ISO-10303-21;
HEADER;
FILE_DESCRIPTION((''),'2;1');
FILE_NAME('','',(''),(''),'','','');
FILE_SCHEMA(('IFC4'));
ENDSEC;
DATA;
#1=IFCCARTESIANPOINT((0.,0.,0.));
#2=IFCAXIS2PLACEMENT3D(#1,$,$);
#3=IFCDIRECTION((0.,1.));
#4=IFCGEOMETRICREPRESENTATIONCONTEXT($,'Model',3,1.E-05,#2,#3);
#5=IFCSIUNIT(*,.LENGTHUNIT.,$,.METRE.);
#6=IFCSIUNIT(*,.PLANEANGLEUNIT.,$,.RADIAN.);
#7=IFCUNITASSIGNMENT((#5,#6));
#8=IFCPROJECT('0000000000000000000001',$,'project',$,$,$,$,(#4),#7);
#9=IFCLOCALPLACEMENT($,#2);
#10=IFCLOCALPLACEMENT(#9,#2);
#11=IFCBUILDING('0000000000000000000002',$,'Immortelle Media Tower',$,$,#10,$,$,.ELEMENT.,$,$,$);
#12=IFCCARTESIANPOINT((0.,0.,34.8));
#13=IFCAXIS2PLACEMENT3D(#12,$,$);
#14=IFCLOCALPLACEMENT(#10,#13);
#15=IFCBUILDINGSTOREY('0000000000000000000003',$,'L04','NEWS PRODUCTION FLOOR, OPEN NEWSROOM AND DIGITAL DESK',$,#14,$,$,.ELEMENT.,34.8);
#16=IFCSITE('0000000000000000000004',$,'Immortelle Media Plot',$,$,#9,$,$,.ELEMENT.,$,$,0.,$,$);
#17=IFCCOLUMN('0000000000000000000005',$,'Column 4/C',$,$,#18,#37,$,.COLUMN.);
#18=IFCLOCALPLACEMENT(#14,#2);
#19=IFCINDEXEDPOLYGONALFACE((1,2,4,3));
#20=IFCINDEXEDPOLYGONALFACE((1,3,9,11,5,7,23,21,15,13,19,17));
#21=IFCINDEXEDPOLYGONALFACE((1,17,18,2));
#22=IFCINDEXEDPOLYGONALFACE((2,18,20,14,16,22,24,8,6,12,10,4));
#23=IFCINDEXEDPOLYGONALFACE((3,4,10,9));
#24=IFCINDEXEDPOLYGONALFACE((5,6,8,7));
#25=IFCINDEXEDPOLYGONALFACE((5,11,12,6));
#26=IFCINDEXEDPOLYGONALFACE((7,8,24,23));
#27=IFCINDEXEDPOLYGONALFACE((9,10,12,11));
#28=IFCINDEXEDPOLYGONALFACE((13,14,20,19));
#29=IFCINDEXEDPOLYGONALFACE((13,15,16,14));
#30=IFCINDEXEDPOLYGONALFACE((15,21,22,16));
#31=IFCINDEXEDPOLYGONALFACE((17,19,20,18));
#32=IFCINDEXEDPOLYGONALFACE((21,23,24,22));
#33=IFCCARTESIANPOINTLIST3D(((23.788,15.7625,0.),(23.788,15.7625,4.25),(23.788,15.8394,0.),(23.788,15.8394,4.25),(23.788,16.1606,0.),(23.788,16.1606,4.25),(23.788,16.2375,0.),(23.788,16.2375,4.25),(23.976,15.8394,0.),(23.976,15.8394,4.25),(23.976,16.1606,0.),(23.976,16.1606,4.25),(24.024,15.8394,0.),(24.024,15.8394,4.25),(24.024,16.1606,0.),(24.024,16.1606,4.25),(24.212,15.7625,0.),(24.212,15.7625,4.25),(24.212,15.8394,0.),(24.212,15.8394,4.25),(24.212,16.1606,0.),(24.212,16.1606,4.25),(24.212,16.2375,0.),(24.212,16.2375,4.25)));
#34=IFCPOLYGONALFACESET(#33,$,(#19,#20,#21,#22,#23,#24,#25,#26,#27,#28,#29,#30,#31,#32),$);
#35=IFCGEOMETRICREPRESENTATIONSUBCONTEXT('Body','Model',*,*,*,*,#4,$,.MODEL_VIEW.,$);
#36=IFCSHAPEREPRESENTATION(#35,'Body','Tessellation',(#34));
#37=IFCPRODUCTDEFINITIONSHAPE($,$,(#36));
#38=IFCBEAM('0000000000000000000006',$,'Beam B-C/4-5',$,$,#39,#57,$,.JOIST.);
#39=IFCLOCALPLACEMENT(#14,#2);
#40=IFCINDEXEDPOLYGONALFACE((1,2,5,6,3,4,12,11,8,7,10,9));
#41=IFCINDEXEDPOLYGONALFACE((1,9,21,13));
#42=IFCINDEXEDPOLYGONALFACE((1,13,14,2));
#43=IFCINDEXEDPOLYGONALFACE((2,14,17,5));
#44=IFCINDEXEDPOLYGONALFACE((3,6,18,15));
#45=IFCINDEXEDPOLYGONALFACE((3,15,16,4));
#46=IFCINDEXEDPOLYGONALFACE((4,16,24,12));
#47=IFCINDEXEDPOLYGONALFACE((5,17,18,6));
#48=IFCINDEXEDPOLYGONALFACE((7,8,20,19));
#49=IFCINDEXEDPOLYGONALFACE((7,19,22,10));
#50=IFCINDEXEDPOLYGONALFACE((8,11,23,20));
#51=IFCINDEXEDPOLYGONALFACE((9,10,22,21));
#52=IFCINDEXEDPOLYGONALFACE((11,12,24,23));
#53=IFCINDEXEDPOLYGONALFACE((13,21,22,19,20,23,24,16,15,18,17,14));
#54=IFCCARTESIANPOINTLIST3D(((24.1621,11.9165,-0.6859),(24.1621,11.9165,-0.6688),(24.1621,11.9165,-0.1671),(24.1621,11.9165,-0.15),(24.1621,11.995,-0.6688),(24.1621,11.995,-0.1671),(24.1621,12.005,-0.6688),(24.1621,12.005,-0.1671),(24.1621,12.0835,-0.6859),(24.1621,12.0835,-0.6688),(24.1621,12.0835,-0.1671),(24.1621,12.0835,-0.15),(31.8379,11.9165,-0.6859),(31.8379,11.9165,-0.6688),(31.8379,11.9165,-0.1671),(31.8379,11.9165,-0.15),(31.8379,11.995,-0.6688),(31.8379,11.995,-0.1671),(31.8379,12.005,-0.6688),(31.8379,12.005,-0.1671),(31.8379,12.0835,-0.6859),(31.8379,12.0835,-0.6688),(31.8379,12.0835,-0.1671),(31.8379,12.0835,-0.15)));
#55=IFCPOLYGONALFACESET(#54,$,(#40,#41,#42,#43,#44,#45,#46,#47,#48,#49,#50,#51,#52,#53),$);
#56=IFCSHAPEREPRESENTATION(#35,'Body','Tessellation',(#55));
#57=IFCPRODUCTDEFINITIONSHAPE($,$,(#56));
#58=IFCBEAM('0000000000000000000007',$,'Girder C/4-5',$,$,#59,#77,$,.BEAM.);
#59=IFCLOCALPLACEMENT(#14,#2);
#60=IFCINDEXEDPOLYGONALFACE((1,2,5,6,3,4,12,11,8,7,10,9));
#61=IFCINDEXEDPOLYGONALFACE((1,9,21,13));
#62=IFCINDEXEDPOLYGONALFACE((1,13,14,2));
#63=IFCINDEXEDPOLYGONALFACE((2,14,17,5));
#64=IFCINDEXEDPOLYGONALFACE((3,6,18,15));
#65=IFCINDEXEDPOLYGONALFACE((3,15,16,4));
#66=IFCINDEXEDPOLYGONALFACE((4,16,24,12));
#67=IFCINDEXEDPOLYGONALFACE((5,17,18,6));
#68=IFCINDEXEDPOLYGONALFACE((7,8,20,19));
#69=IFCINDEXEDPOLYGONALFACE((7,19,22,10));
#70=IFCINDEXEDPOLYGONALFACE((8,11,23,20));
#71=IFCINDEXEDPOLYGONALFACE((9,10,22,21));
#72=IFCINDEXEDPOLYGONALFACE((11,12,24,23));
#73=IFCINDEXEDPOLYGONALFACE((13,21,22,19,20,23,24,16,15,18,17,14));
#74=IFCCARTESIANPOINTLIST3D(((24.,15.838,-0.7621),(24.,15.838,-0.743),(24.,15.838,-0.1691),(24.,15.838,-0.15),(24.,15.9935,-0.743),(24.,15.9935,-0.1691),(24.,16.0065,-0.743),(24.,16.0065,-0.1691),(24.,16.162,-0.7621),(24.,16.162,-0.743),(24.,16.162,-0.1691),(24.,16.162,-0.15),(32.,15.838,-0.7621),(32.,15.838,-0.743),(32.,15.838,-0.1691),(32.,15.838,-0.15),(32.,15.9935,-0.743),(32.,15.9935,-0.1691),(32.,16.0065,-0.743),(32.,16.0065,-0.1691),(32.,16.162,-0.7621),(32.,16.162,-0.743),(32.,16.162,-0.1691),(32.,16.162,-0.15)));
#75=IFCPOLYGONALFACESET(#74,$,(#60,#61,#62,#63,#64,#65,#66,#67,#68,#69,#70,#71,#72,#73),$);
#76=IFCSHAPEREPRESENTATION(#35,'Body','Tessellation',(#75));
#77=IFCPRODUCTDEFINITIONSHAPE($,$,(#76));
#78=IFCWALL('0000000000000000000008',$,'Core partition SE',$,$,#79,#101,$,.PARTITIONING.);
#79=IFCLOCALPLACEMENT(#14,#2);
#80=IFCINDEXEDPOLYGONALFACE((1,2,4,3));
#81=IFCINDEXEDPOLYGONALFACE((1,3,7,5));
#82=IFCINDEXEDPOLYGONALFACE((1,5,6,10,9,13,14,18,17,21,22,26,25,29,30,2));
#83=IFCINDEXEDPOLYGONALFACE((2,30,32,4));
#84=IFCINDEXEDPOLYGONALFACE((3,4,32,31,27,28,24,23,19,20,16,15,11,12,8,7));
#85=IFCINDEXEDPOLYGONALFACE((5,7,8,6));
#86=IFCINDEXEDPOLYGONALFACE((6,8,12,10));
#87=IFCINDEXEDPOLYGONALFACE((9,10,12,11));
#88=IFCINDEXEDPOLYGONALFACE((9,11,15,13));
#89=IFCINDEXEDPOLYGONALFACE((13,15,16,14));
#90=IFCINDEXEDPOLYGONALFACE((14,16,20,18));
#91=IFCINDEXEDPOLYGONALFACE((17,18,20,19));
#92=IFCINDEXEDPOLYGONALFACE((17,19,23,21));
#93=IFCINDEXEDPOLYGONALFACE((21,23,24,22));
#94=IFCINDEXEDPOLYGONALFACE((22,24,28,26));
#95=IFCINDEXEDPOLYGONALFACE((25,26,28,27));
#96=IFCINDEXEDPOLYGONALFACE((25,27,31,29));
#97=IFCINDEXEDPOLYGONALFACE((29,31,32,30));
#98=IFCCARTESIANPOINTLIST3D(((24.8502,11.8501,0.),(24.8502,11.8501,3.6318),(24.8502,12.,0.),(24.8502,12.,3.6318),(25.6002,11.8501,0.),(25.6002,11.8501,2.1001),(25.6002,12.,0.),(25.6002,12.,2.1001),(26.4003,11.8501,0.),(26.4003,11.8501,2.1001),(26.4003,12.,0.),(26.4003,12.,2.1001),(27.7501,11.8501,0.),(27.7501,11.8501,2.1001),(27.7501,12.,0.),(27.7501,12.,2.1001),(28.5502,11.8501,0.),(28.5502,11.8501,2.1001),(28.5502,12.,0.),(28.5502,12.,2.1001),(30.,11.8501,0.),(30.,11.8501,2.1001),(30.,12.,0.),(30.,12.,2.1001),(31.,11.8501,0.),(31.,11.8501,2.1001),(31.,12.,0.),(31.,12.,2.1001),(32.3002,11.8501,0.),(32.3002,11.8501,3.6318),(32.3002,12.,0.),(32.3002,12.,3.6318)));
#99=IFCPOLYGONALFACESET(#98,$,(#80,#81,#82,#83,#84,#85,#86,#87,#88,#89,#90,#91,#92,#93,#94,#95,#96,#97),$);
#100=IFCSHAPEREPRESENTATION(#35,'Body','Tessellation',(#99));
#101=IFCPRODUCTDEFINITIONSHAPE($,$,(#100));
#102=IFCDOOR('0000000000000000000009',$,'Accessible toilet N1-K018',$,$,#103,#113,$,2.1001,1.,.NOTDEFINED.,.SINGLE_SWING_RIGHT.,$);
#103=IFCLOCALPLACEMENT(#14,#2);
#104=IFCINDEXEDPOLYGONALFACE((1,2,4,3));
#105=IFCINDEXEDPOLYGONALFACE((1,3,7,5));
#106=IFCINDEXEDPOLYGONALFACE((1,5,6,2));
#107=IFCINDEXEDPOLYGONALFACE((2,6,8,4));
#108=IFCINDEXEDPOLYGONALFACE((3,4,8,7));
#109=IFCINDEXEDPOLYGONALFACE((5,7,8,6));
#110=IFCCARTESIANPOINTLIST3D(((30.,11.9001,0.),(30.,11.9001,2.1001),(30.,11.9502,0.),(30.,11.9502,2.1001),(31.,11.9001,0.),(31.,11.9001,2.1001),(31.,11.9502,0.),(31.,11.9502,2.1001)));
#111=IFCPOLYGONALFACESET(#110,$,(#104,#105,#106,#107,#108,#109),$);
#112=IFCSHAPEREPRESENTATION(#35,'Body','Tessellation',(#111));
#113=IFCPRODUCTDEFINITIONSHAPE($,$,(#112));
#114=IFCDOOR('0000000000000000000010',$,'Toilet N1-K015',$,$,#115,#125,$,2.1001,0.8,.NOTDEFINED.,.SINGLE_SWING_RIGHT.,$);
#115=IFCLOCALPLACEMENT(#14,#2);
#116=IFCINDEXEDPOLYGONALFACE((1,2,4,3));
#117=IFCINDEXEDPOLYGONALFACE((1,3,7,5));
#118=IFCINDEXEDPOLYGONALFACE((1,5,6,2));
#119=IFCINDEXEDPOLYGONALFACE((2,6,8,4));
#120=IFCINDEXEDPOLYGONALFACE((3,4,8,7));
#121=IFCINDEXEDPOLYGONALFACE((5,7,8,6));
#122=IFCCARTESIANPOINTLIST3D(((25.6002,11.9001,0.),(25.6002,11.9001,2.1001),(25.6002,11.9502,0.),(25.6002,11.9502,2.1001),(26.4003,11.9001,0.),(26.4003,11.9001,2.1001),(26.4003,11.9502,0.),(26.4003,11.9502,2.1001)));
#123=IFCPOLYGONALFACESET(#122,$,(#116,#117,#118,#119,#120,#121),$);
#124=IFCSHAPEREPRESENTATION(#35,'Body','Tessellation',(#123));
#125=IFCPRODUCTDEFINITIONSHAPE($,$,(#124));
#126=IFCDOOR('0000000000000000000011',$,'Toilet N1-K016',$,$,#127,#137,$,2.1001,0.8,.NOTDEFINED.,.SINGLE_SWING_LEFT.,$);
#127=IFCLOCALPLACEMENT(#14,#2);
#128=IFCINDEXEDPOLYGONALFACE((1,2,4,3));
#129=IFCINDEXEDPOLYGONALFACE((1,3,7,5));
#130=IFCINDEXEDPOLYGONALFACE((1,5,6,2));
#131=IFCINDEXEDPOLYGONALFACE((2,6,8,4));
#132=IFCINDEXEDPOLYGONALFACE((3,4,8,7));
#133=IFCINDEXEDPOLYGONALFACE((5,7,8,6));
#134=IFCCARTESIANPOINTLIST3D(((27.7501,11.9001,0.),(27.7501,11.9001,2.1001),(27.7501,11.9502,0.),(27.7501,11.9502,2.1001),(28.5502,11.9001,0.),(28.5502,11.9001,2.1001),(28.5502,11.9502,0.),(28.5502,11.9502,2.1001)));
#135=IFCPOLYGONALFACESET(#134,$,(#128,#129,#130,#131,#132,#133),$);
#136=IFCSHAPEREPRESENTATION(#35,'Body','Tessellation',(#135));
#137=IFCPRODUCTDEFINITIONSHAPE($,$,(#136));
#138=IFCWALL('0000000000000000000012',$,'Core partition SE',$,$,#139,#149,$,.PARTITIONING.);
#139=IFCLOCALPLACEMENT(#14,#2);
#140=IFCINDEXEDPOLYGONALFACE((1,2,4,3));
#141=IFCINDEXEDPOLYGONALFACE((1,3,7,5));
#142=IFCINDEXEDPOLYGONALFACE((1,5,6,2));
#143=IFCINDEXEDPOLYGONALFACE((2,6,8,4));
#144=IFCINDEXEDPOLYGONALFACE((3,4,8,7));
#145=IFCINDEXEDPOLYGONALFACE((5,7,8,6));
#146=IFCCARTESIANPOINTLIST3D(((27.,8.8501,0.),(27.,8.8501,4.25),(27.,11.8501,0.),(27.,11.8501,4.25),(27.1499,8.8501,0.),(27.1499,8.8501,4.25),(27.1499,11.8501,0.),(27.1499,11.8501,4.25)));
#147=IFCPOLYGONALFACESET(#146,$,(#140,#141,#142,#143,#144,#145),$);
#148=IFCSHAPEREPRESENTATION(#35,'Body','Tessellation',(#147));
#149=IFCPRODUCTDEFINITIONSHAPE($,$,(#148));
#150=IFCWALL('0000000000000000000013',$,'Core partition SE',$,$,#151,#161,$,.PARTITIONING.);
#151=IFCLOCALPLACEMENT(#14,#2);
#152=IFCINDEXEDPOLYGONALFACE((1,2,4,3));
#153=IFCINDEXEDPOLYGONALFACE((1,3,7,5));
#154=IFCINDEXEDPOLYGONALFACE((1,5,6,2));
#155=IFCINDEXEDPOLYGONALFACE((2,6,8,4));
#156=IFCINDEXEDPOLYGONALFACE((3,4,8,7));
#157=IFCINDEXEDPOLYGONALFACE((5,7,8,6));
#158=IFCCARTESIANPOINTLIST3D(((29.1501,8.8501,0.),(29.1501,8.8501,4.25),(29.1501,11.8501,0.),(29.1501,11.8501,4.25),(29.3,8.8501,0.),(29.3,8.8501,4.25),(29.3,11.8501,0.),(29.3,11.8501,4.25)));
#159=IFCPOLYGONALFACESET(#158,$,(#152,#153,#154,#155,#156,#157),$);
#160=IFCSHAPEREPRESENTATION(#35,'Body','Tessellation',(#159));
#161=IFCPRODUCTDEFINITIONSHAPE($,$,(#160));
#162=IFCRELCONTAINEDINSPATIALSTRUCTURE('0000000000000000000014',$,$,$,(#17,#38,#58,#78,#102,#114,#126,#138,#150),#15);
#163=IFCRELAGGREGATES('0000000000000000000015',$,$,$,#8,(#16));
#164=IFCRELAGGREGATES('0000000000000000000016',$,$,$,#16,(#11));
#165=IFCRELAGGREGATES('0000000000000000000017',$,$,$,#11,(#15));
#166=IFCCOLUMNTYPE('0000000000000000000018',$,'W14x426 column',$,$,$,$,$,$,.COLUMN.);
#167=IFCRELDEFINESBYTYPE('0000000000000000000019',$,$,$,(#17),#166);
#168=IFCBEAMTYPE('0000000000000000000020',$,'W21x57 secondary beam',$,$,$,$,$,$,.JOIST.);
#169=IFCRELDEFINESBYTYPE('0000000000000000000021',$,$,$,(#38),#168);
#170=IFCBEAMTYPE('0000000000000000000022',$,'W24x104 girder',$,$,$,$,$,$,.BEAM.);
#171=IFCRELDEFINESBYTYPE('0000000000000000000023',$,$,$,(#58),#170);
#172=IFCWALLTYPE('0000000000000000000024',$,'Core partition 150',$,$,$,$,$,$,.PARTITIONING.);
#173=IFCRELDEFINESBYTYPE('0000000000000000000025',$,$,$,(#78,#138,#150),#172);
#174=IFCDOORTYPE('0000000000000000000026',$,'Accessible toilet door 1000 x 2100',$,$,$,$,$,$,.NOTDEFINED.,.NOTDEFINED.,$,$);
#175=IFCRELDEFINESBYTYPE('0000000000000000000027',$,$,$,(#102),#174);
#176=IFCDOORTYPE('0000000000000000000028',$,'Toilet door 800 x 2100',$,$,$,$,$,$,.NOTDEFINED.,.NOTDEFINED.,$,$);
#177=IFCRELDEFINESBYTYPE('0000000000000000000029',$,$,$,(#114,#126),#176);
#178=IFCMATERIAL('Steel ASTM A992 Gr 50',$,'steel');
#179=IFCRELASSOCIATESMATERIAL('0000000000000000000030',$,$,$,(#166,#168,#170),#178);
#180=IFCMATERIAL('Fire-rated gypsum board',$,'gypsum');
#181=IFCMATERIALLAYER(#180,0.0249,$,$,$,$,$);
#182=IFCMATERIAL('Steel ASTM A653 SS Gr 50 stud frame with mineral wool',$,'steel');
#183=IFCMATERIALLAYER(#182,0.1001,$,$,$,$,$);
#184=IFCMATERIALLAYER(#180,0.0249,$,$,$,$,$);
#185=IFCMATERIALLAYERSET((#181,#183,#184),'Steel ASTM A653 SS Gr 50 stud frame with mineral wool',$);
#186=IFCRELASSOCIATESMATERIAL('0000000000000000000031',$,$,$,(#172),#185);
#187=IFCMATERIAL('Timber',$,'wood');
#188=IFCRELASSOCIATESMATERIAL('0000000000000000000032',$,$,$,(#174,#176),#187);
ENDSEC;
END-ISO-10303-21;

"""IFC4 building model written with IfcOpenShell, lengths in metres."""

from ifc_helpers import new_model, si_unit, direction, frame, frame_2d, origin, origin_2d, place, context, subcontext, project, spatial, rectangle, i_section, extrude, material, layer, layer_set, material_profile, profile_set, type_object, element, fill, save


model = new_model("IFC4")

# Units and contexts
model_context = context("Model", 3, precision=1e-05, world=origin(), true_north=direction((0.0, 1.0)))
body_context = subcontext(model_context, "Body", "Model", "MODEL_VIEW")
ifc_project = project(units=[si_unit("LENGTHUNIT", "METRE"), si_unit("PLANEANGLEUNIT", "RADIAN")], contexts=[model_context])

# Site, building, storey
site_placement = place(None, origin())
site = spatial("IfcSite", under=ifc_project, at=site_placement, Name="Immortelle Media Plot", CompositionType="ELEMENT", RefElevation=0.0)
building_placement = place(site_placement, origin())
building = spatial("IfcBuilding", under=site, at=building_placement, Name="Immortelle Media Tower", CompositionType="ELEMENT")
storey_placement = place(building_placement, frame((0.0, 0.0, 34.8)))
storey = spatial("IfcBuildingStorey", under=building, at=storey_placement, Name="L04", Description="NEWS PRODUCTION FLOOR, OPEN NEWSROOM AND DIGITAL DESK", CompositionType="ELEMENT", Elevation=34.8)

# Column
ifc_material_1 = material(Name="Steel ASTM A992 Gr 50", Category="steel")
ifc_material_profile_1 = material_profile(ifc_material_1, i_section(OverallWidth=0.4241, OverallDepth=0.4751, WebThickness=0.0481, FlangeThickness=0.0769, at=origin_2d()), Name="W14x426")
ifc_profile_set_1 = profile_set([ifc_material_profile_1], Name="Steel ASTM A992 Gr 50")
column_type = type_object("IfcColumnType", Name="W14x426 column", PredefinedType="COLUMN", material=ifc_profile_set_1)
column_placement = place(storey_placement, frame((24.0, 16.0, 0.0), z_axis=(0.0, 0.0, 1.0), x_axis=(1.0, 0.0, 0.0)))
element("IfcColumn", 1, at=column_placement, inside=storey, type_object=column_type, Name="Column 4/C", PredefinedType="COLUMN", context=body_context, shape_type="SweptSolid", body=[
    extrude(i_section(OverallWidth=0.4241, OverallDepth=0.4751, WebThickness=0.0481, FlangeThickness=0.0769, at=origin_2d()), origin(), (0.0, 0.0, 1.0), 4.25),
])

# Beams
ifc_material_profile_2 = material_profile(ifc_material_1, i_section(OverallWidth=0.167, OverallDepth=0.5359, WebThickness=0.01, FlangeThickness=0.0171, at=origin_2d()), Name="W21x57")
ifc_profile_set_2 = profile_set([ifc_material_profile_2], Name="Steel ASTM A992 Gr 50")
beam_type_1 = type_object("IfcBeamType", Name="W21x57 secondary beam", PredefinedType="JOIST", material=ifc_profile_set_2)
beam_1_placement = place(storey_placement, frame((24.1621, 12.0, -0.418), z_axis=(1.0, 0.0, 0.0), x_axis=(0.0, 1.0, 0.0)))
element("IfcBeam", 2, at=beam_1_placement, inside=storey, type_object=beam_type_1, Name="Beam B-C/4-5", PredefinedType="JOIST", context=body_context, shape_type="SweptSolid", body=[
    extrude(i_section(OverallWidth=0.167, OverallDepth=0.5359, WebThickness=0.01, FlangeThickness=0.0171, at=origin_2d()), origin(), (0.0, 0.0, 1.0), 7.6758),
])
ifc_material_profile_3 = material_profile(ifc_material_1, i_section(OverallWidth=0.324, OverallDepth=0.6121, WebThickness=0.0129, FlangeThickness=0.019, at=origin_2d()), Name="W24x104")
ifc_profile_set_3 = profile_set([ifc_material_profile_3], Name="Steel ASTM A992 Gr 50")
beam_type_2 = type_object("IfcBeamType", Name="W24x104 girder", PredefinedType="BEAM", material=ifc_profile_set_3)
beam_2_placement = place(storey_placement, frame((24.0, 16.0, -0.4561), z_axis=(1.0, 0.0, 0.0), x_axis=(0.0, 1.0, 0.0)))
element("IfcBeam", 3, at=beam_2_placement, inside=storey, type_object=beam_type_2, Name="Girder C/4-5", PredefinedType="BEAM", context=body_context, shape_type="SweptSolid", body=[
    extrude(i_section(OverallWidth=0.324, OverallDepth=0.6121, WebThickness=0.0129, FlangeThickness=0.019, at=origin_2d()), origin(), (0.0, 0.0, 1.0), 8.0),
])

# Wall, openings, doors
ifc_material_2 = material(Name="Fire-rated gypsum board", Category="gypsum")
ifc_layer_1 = layer(ifc_material_2, 0.0249)
ifc_material_3 = material(Name="Steel ASTM A653 SS Gr 50 stud frame with mineral wool", Category="steel")
ifc_layer_2 = layer(ifc_material_3, 0.1001)
ifc_layer_3 = layer(ifc_material_2, 0.0249)
ifc_layer_set_1 = layer_set([ifc_layer_1, ifc_layer_2, ifc_layer_3], Name="Steel ASTM A653 SS Gr 50 stud frame with mineral wool")
wall_type_1 = type_object("IfcWallType", Name="Core partition 150", PredefinedType="PARTITIONING", material=ifc_layer_set_1)
wall_1_placement = place(storey_placement, frame((24.8501, 11.925, 0.0), z_axis=(0.0, 0.0, 1.0), x_axis=(1.0, 0.0, 0.0)))
wall_1 = element("IfcWall", 4, at=wall_1_placement, inside=storey, type_object=wall_type_1, Name="Core partition SE", PredefinedType="PARTITIONING", context=body_context, shape_type="SweptSolid", body=[
    extrude(rectangle(XDim=7.45, YDim=0.1499, at=frame_2d((3.7251, 0.0))), origin(), (0.0, 0.0, 1.0), 3.6318),
])
opening_1_placement = place(wall_1_placement, frame((1.55, 0.0, 0.0), z_axis=(0.0, 0.0, 1.0), x_axis=(-1.0, 0.0, 0.0)))
opening_1 = element("IfcOpeningElement", 5, at=opening_1_placement, cuts=wall_1, PredefinedType="OPENING", context=body_context, shape_type="SweptSolid", body=[
    extrude(rectangle(XDim=0.8, YDim=2.1001, at=frame_2d((0.3999, 1.05))), frame((0.0, 0.085, 0.0), z_axis=(0.0, -1.0, 0.0), x_axis=(1.0, 0.0, 0.0)), (0.0, 0.0, 1.0), 0.1699),
])
opening_2_placement = place(wall_1_placement, frame((3.7, 0.0, 0.0), z_axis=(0.0, 0.0, 1.0), x_axis=(-1.0, 0.0, 0.0)))
opening_2 = element("IfcOpeningElement", 6, at=opening_2_placement, cuts=wall_1, PredefinedType="OPENING", context=body_context, shape_type="SweptSolid", body=[
    extrude(rectangle(XDim=0.8, YDim=2.1001, at=frame_2d((0.3999, 1.05))), frame((0.0, 0.085, 0.0), z_axis=(0.0, -1.0, 0.0), x_axis=(1.0, 0.0, 0.0)), (0.0, 0.0, 1.0), 0.1699),
])
opening_3_placement = place(wall_1_placement, frame((6.1499, 0.0, 0.0), z_axis=(0.0, 0.0, 1.0), x_axis=(-1.0, 0.0, 0.0)))
opening_3 = element("IfcOpeningElement", 7, at=opening_3_placement, cuts=wall_1, PredefinedType="OPENING", context=body_context, shape_type="SweptSolid", body=[
    extrude(rectangle(XDim=1.0, YDim=2.1001, at=frame_2d((0.5, 1.05))), frame((0.0, 0.085, 0.0), z_axis=(0.0, -1.0, 0.0), x_axis=(1.0, 0.0, 0.0)), (0.0, 0.0, 1.0), 0.1699),
])
ifc_material_4 = material(Name="Timber", Category="wood")
door_type_1 = type_object("IfcDoorType", Name="Accessible toilet door 1000 x 2100", OperationType="NOTDEFINED", PredefinedType="NOTDEFINED", material=ifc_material_4)
door_1_placement = place(opening_3_placement, origin())
door_1 = element("IfcDoor", 8, at=door_1_placement, inside=storey, type_object=door_type_1, Name="Accessible toilet N1-K018", OperationType="SINGLE_SWING_RIGHT", OverallHeight=2.1001, OverallWidth=1.0, PredefinedType="NOTDEFINED", context=body_context, shape_type="SweptSolid", body=[
    extrude(rectangle(XDim=1.0, YDim=2.1001, at=frame_2d((0.5, 1.05))), frame((0.0, 0.0249, 0.0), z_axis=(0.0, -1.0, 0.0), x_axis=(1.0, 0.0, 0.0)), (0.0, 0.0, 1.0), 0.05),
])
fill(opening_3, door_1)
door_type_2 = type_object("IfcDoorType", Name="Toilet door 800 x 2100", OperationType="NOTDEFINED", PredefinedType="NOTDEFINED", material=ifc_material_4)
door_2_placement = place(opening_1_placement, origin())
door_2 = element("IfcDoor", 9, at=door_2_placement, inside=storey, type_object=door_type_2, Name="Toilet N1-K015", OperationType="SINGLE_SWING_RIGHT", OverallHeight=2.1001, OverallWidth=0.8, PredefinedType="NOTDEFINED", context=body_context, shape_type="SweptSolid", body=[
    extrude(rectangle(XDim=0.8, YDim=2.1001, at=frame_2d((0.3999, 1.05))), frame((0.0, 0.0249, 0.0), z_axis=(0.0, -1.0, 0.0), x_axis=(1.0, 0.0, 0.0)), (0.0, 0.0, 1.0), 0.05),
])
fill(opening_1, door_2)
door_3_placement = place(opening_2_placement, origin())
door_3 = element("IfcDoor", 10, at=door_3_placement, inside=storey, type_object=door_type_2, Name="Toilet N1-K016", OperationType="SINGLE_SWING_LEFT", OverallHeight=2.1001, OverallWidth=0.8, PredefinedType="NOTDEFINED", context=body_context, shape_type="SweptSolid", body=[
    extrude(rectangle(XDim=0.8, YDim=2.1001, at=frame_2d((0.3999, 1.05))), frame((0.0, 0.0249, 0.0), z_axis=(0.0, -1.0, 0.0), x_axis=(1.0, 0.0, 0.0)), (0.0, 0.0, 1.0), 0.05),
])
fill(opening_2, door_3)

# Walls
for number, where, z_axis, x_axis, name in (
    (11, (27.075, 8.8501, 0.0), (0.0, 0.0, 1.0), (0.0, 1.0, 0.0), "Core partition SE"),
    (12, (29.2251, 8.8501, 0.0), (0.0, 0.0, 1.0), (0.0, 1.0, 0.0), "Core partition SE"),
):
    element("IfcWall", number, at=place(storey_placement, frame(where, z_axis=z_axis, x_axis=x_axis)), inside=storey, type_object=wall_type_1, Name=name, PredefinedType="PARTITIONING", context=body_context, shape_type="SweptSolid", body=[
        extrude(rectangle(XDim=3.0, YDim=0.1499, at=frame_2d((1.5, 0.0))), origin(), (0.0, 0.0, 1.0), 4.25),
    ])

save(model, "model.ifc")
